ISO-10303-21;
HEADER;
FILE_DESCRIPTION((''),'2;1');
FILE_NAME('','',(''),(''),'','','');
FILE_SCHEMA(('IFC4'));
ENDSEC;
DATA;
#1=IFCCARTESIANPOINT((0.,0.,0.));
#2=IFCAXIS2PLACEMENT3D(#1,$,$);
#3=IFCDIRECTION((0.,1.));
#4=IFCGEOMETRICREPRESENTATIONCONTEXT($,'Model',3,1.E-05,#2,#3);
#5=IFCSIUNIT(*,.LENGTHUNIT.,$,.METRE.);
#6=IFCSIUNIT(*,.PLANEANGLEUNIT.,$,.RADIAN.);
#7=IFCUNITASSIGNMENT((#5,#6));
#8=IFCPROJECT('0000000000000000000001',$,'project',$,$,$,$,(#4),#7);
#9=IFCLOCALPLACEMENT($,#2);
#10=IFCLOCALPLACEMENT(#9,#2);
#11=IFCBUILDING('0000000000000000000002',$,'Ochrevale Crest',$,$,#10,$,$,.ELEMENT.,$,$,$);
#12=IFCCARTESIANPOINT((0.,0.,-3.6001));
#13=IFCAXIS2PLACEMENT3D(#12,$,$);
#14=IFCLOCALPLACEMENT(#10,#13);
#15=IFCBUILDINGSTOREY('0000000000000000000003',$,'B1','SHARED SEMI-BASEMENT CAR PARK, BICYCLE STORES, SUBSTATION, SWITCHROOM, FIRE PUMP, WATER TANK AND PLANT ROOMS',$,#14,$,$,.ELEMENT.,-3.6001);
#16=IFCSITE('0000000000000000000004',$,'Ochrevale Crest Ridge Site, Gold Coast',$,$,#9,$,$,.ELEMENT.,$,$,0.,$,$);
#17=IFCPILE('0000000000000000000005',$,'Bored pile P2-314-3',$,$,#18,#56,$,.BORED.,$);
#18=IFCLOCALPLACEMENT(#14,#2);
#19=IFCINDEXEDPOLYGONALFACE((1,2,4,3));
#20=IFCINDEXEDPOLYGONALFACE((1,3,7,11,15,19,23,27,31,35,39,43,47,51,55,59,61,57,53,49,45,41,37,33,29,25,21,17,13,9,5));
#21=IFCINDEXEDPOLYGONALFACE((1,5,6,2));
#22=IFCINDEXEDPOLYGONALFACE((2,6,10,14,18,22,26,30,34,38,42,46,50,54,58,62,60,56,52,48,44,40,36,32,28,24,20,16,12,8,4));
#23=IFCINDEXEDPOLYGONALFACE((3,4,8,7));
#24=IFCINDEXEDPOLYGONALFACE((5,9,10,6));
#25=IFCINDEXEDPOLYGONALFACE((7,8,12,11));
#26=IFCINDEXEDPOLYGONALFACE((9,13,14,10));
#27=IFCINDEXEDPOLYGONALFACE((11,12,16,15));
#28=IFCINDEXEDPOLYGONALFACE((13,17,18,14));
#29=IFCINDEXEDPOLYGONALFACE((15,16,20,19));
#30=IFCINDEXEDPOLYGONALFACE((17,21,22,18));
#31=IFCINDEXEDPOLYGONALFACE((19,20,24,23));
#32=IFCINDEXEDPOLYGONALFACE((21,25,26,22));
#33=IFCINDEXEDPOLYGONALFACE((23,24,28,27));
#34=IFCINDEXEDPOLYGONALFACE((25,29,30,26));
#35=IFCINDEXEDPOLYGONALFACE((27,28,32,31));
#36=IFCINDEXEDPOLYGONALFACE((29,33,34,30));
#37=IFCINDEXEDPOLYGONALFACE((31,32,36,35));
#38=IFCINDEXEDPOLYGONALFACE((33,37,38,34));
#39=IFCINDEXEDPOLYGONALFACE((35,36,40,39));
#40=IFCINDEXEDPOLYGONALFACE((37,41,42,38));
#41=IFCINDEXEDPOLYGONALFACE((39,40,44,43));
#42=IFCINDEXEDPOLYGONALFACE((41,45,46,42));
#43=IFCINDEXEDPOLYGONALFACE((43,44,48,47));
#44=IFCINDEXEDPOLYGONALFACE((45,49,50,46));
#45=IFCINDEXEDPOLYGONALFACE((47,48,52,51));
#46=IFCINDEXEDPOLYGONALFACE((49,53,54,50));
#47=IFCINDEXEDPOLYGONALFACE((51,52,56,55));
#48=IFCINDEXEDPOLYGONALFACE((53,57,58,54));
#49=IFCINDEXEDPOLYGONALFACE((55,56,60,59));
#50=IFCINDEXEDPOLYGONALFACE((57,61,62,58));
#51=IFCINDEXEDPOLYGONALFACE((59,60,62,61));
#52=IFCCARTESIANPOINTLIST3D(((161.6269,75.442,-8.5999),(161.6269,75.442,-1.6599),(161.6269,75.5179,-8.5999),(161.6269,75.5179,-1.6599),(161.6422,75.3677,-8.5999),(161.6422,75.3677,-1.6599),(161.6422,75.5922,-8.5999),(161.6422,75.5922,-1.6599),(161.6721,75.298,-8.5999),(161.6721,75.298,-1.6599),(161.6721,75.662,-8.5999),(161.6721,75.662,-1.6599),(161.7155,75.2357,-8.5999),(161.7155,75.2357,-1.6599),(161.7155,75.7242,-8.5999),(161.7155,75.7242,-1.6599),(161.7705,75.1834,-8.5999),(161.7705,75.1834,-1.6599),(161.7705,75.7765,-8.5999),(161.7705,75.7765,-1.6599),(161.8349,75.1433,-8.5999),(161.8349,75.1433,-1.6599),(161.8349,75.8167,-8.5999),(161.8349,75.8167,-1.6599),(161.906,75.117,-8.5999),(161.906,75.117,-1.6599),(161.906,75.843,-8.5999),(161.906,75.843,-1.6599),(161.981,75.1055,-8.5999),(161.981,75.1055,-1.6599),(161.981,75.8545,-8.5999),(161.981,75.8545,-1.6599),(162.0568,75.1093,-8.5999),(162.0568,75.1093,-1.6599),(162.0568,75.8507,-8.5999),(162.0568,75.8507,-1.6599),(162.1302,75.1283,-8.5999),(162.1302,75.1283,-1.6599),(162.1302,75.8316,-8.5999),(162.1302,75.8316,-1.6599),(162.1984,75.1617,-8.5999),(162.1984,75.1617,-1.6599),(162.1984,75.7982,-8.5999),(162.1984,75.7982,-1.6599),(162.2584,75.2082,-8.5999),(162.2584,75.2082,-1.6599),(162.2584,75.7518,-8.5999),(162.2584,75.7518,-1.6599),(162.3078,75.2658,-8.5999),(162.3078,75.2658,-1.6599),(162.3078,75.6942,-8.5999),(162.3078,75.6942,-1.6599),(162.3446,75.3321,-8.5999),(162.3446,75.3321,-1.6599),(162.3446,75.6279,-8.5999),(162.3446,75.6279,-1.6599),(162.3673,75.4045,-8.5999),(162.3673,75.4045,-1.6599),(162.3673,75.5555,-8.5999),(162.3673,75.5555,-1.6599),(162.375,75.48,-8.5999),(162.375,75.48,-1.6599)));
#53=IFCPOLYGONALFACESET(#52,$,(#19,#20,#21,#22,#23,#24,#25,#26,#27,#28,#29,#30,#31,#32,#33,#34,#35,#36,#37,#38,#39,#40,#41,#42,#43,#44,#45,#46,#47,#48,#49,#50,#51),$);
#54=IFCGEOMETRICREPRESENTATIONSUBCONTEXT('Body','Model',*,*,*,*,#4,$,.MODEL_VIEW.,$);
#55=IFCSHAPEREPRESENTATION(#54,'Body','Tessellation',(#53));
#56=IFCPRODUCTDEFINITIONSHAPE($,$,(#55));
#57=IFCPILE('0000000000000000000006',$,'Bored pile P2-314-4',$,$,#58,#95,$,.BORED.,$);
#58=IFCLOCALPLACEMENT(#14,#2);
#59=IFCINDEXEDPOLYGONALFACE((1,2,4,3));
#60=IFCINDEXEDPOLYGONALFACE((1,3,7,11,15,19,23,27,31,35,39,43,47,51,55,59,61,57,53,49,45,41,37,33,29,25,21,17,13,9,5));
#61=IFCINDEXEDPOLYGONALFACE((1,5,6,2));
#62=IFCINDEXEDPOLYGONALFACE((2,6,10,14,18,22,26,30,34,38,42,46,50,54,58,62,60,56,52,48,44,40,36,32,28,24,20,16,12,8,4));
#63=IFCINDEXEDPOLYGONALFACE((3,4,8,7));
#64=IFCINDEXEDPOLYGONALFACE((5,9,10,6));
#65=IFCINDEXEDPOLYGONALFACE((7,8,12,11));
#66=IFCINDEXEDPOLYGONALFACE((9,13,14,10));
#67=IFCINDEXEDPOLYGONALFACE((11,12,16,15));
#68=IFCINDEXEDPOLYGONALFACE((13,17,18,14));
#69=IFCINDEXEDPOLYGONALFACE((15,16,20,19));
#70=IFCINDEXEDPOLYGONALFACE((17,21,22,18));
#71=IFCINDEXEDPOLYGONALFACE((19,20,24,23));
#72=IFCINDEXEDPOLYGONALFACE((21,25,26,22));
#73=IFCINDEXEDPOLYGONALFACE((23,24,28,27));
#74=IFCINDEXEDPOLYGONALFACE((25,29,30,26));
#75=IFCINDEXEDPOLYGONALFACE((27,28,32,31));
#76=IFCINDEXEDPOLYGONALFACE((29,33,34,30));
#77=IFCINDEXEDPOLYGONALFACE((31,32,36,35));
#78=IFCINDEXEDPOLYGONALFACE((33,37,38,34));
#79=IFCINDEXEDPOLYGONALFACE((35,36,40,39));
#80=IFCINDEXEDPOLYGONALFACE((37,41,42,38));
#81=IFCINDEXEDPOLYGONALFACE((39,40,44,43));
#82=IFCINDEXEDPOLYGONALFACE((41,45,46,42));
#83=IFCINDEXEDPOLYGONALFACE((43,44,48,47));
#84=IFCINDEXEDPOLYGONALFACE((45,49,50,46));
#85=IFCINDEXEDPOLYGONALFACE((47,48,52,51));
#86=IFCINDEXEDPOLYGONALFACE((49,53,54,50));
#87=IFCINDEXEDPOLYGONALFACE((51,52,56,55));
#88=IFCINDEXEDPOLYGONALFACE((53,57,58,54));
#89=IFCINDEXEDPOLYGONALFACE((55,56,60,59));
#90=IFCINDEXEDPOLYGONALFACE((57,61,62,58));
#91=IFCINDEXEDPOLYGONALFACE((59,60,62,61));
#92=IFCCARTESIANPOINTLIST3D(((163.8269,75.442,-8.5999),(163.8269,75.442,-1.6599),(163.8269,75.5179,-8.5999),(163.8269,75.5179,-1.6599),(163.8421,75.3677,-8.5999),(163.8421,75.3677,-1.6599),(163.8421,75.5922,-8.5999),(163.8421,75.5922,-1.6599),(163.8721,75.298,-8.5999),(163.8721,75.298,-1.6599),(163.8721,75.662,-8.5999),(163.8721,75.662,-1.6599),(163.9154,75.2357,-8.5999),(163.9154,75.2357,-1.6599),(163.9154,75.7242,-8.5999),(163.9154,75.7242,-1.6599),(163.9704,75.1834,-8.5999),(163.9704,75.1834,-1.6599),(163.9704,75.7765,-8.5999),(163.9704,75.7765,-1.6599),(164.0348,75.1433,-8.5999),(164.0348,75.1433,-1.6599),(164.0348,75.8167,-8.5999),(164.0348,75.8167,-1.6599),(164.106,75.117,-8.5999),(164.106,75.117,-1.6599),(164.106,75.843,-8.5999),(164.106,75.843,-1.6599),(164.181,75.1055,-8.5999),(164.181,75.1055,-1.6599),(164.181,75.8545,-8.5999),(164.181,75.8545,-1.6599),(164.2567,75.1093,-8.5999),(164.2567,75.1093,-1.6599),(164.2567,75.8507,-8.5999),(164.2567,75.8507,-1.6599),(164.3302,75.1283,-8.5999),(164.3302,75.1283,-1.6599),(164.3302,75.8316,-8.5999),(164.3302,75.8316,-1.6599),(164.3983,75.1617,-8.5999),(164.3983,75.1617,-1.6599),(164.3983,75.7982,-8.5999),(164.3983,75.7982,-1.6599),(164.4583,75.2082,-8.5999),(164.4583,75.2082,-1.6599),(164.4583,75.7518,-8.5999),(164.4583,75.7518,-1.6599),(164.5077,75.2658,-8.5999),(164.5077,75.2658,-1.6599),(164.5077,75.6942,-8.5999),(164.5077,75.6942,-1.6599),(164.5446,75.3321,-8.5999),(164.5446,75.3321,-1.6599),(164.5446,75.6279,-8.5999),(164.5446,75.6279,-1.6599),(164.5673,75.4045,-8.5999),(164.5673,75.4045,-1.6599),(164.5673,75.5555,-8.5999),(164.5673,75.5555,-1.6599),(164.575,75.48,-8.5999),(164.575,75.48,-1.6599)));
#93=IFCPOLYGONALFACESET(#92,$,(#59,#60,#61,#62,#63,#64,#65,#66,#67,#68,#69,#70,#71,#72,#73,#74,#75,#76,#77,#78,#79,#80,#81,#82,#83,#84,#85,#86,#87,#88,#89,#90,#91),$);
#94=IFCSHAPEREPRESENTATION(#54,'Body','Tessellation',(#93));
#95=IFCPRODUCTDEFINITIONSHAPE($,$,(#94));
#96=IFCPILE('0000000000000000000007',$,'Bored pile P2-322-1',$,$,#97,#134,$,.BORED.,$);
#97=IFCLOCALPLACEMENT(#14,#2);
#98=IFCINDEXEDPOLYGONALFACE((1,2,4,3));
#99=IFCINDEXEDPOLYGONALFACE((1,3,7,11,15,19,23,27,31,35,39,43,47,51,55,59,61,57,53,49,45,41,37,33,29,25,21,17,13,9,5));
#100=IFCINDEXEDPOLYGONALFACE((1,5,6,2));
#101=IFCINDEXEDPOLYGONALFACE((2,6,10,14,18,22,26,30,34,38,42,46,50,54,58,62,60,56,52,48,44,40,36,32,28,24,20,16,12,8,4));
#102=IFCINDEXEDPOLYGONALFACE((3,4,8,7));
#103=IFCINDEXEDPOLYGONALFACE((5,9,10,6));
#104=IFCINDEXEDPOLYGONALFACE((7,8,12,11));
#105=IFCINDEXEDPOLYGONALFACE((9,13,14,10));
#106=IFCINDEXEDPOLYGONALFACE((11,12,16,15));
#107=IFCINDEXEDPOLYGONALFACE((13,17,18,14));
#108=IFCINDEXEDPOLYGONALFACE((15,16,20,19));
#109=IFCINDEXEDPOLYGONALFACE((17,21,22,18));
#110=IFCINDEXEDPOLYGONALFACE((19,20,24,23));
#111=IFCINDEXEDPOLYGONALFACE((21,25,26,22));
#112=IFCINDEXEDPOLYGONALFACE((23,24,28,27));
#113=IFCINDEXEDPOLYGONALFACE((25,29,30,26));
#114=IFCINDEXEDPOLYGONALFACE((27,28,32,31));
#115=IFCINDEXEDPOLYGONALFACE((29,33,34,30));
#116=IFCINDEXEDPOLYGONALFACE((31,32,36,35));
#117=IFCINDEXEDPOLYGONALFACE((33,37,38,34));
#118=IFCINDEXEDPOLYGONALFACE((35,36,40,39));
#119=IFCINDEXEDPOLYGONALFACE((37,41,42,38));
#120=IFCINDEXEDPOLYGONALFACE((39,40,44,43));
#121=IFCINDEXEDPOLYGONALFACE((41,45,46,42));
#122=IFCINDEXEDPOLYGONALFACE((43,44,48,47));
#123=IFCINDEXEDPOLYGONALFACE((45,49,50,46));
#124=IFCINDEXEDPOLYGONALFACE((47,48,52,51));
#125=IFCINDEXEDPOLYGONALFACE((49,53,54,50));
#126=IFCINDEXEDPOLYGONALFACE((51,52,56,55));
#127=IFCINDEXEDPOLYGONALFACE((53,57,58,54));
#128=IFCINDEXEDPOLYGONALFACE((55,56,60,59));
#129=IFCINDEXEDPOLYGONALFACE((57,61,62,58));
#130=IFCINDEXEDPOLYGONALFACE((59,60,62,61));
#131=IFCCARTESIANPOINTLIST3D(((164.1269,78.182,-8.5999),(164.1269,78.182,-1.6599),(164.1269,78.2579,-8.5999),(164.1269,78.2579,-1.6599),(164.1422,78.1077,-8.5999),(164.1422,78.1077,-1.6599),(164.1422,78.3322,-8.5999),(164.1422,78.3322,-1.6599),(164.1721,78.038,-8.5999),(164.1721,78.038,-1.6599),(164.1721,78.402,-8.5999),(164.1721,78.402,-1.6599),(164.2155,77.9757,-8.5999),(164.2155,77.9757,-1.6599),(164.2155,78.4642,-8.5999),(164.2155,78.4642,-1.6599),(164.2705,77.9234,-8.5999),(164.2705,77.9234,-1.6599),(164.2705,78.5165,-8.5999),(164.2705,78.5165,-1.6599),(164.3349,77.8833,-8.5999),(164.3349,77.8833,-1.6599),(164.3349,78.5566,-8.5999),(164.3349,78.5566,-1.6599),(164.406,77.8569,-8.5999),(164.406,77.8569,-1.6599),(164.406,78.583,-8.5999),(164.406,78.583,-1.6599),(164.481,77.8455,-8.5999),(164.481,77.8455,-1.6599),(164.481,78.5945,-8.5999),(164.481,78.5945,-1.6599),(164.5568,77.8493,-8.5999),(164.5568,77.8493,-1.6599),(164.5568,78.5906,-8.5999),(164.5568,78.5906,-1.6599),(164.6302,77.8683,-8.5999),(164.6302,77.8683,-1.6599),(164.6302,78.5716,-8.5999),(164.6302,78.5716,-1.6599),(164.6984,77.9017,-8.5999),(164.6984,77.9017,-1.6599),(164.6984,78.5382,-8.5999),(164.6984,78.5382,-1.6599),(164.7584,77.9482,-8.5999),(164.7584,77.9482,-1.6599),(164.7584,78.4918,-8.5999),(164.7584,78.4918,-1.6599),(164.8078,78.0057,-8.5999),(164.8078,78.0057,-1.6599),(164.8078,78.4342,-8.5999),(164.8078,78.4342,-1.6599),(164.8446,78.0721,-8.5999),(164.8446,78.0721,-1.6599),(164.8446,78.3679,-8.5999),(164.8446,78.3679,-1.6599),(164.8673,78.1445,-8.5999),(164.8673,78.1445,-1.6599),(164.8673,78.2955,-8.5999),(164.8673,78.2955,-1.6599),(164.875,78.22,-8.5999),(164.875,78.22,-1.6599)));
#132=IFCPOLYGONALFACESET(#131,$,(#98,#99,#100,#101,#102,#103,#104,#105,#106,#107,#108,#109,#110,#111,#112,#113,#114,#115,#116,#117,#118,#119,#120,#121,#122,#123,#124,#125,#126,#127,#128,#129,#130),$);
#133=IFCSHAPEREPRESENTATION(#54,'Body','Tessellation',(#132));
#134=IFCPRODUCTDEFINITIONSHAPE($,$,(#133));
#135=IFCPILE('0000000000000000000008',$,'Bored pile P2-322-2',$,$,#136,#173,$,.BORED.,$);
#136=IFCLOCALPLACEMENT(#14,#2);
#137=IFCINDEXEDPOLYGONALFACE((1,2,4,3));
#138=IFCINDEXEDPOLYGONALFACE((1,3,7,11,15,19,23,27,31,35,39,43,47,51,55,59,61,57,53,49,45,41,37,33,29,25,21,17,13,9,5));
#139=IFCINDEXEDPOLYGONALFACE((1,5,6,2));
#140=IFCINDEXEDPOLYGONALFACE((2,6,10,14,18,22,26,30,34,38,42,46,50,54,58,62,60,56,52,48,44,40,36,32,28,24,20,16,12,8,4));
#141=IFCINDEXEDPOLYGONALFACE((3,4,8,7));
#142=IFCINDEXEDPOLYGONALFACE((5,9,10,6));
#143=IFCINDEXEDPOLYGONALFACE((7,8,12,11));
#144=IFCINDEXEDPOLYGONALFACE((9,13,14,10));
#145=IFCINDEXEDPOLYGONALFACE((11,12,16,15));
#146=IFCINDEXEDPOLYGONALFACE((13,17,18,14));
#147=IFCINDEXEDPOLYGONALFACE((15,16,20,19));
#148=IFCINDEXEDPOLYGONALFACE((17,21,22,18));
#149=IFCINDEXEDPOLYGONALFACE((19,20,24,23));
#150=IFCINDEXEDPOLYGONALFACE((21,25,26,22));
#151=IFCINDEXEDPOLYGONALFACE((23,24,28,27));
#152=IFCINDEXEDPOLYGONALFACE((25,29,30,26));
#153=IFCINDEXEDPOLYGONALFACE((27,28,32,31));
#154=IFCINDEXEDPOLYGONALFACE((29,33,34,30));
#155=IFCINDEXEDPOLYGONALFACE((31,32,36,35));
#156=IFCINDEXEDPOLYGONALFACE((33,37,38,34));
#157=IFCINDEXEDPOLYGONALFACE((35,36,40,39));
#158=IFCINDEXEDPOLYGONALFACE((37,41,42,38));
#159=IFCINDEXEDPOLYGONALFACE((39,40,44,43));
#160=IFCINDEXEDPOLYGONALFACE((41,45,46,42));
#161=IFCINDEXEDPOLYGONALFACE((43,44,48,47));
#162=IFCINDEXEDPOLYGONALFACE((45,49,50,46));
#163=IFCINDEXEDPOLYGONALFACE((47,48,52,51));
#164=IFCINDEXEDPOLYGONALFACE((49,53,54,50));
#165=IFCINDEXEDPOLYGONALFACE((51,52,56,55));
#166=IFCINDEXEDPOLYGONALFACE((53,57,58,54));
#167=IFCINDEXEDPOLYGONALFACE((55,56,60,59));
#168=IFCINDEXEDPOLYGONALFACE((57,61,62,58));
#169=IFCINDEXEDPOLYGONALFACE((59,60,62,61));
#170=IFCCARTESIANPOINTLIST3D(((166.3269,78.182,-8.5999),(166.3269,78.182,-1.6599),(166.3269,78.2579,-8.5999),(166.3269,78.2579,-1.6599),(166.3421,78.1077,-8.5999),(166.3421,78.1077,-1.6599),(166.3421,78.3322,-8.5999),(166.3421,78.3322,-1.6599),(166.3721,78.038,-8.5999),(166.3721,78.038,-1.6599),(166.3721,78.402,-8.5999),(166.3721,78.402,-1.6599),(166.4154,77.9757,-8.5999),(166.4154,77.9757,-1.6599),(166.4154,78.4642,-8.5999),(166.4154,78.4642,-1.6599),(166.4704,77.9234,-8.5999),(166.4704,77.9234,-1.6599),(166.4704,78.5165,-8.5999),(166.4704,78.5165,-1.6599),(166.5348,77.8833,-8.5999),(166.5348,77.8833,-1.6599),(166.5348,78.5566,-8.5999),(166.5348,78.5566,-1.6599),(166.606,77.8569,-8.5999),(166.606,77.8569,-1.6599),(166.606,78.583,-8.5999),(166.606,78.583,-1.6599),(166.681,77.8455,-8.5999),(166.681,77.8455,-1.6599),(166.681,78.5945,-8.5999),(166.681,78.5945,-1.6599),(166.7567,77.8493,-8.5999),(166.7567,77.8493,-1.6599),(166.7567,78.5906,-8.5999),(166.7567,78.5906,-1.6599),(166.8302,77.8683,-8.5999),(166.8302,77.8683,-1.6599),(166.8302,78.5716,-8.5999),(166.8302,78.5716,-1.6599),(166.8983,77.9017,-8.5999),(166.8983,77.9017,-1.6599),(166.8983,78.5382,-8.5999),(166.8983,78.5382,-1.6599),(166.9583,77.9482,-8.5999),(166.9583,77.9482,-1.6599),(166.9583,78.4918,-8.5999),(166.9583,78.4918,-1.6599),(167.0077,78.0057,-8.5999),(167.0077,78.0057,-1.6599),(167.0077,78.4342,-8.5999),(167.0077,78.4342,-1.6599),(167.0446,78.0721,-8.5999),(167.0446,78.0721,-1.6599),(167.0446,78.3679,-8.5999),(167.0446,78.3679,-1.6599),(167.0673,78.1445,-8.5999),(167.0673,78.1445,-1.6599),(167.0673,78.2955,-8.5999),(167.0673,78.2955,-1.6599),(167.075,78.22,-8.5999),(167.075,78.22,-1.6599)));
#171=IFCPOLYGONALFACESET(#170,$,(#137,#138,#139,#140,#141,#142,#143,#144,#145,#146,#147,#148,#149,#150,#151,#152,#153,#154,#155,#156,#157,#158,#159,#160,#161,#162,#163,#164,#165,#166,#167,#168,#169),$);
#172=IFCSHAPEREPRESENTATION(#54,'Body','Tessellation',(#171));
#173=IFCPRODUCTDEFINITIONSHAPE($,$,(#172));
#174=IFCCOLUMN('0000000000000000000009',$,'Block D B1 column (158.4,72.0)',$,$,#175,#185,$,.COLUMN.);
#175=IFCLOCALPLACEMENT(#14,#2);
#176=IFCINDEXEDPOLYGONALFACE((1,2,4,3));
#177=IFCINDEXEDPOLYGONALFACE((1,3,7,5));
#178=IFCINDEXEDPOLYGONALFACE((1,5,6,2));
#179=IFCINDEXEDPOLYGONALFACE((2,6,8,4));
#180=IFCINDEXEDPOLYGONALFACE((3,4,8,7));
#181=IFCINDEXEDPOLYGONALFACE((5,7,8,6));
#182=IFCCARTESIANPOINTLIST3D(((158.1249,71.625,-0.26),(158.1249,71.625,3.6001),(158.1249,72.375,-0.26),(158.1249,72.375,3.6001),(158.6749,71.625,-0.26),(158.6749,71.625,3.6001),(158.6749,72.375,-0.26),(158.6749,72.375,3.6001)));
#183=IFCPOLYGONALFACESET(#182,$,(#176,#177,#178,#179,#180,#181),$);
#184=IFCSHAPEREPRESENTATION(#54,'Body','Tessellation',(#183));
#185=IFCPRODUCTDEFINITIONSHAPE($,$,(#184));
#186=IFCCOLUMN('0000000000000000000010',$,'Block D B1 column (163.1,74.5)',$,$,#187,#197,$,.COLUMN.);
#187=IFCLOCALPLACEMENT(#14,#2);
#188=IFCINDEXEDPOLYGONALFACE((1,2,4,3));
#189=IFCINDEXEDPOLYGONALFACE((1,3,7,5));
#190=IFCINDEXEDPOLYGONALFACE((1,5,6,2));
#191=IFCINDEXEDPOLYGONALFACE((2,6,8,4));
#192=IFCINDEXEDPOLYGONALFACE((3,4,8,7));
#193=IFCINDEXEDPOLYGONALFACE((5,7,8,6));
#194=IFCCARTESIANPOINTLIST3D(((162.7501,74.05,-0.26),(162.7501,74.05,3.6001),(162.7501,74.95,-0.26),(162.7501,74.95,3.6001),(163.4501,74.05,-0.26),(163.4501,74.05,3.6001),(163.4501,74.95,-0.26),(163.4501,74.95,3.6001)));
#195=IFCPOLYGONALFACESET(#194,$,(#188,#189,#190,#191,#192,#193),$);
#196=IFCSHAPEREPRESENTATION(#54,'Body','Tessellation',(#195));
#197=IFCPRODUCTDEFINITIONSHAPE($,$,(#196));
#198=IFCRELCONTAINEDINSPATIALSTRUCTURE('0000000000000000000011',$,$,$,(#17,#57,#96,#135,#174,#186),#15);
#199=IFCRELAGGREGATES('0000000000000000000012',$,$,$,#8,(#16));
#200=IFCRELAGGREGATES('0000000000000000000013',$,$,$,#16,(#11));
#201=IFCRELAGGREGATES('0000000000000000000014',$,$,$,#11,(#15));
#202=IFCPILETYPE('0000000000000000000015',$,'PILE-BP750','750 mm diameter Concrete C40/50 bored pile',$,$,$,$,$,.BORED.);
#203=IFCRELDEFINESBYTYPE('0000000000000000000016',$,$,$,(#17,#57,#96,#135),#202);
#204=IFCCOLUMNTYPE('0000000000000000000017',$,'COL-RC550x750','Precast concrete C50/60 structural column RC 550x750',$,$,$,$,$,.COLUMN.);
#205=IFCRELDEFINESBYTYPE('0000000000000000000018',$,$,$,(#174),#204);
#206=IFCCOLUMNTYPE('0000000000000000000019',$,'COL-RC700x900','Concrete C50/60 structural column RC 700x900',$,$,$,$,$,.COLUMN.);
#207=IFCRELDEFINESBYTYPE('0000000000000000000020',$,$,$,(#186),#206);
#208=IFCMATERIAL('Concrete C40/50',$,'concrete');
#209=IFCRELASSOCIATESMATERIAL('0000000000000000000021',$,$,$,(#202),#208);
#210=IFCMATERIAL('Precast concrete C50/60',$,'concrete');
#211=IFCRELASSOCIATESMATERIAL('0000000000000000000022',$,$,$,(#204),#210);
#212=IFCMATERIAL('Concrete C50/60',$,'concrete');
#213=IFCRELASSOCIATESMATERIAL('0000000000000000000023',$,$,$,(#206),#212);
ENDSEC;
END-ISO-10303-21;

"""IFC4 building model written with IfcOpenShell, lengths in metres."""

from ifc_helpers import new_model, si_unit, direction, frame, origin, origin_2d, place, context, subcontext, project, spatial, rectangle, circle, extrude, material, material_profile, profile_set, type_object, element, save


model = new_model("IFC4")

# Units and contexts
model_context = context("Model", 3, precision=1e-05, world=origin(), true_north=direction((0.0, 1.0)))
body_context = subcontext(model_context, "Body", "Model", "MODEL_VIEW")
ifc_project = project(units=[si_unit("LENGTHUNIT", "METRE"), si_unit("PLANEANGLEUNIT", "RADIAN")], contexts=[model_context])

# Site, building, storey
site_placement = place(None, origin())
site = spatial("IfcSite", under=ifc_project, at=site_placement, Name="Ochrevale Crest Ridge Site, Gold Coast", CompositionType="ELEMENT", RefElevation=0.0)
building_placement = place(site_placement, origin())
building = spatial("IfcBuilding", under=site, at=building_placement, Name="Ochrevale Crest", CompositionType="ELEMENT")
storey_placement = place(building_placement, frame((0.0, 0.0, -3.6001)))
storey = spatial("IfcBuildingStorey", under=building, at=storey_placement, Name="B1", Description="SHARED SEMI-BASEMENT CAR PARK, BICYCLE STORES, SUBSTATION, SWITCHROOM, FIRE PUMP, WATER TANK AND PLANT ROOMS", CompositionType="ELEMENT", Elevation=-3.6001)

# Shared definitions
ifc_material_1 = material(Name="Concrete C40/50", Category="concrete")

# Piles
ifc_material_profile_1 = material_profile(ifc_material_1, circle(Radius=0.375, at=origin_2d()), Name="BORED PILE 750")
ifc_profile_set_1 = profile_set([ifc_material_profile_1], Name="Concrete C40/50")
pile_type_1 = type_object("IfcPileType", Name="PILE-BP750", Description="750 mm diameter Concrete C40/50 bored pile", PredefinedType="BORED", material=ifc_profile_set_1)
for number, where, z_axis, x_axis, name in (
    (1, (162.0, 75.48, -1.6599), (0.0, 0.0, -1.0), (1.0, 0.0, 0.0), "Bored pile P2-314-3"),
    (2, (164.2, 75.48, -1.6599), (0.0, 0.0, -1.0), (1.0, 0.0, 0.0), "Bored pile P2-314-4"),
    (3, (164.5, 78.22, -1.6599), (0.0, 0.0, -1.0), (1.0, 0.0, 0.0), "Bored pile P2-322-1"),
    (4, (166.7, 78.22, -1.6599), (0.0, 0.0, -1.0), (1.0, 0.0, 0.0), "Bored pile P2-322-2"),
):
    element("IfcPile", number, at=place(storey_placement, frame(where, z_axis=z_axis, x_axis=x_axis)), inside=storey, type_object=pile_type_1, Name=name, PredefinedType="BORED", context=body_context, shape_type="SweptSolid", body=[
        extrude(circle(Radius=0.375, at=origin_2d()), origin(), (0.0, 0.0, 1.0), 6.9399),
    ])

# Columns
ifc_material_2 = material(Name="Precast concrete C50/60", Category="concrete")
ifc_material_profile_2 = material_profile(ifc_material_2, rectangle(XDim=0.55, YDim=0.75, at=origin_2d()), Name="RC 550x750")
ifc_profile_set_2 = profile_set([ifc_material_profile_2], Name="Precast concrete C50/60")
column_type_1 = type_object("IfcColumnType", Name="COL-RC550x750", Description="Precast concrete C50/60 structural column RC 550x750", PredefinedType="COLUMN", material=ifc_profile_set_2)
column_1_placement = place(storey_placement, frame((158.3999, 72.0, -0.26), z_axis=(0.0, 0.0, 1.0), x_axis=(1.0, 0.0, 0.0)))
element("IfcColumn", 5, at=column_1_placement, inside=storey, type_object=column_type_1, Name="Block D B1 column (158.4,72.0)", PredefinedType="COLUMN", context=body_context, shape_type="SweptSolid", body=[
    extrude(rectangle(XDim=0.55, YDim=0.75, at=origin_2d()), origin(), (0.0, 0.0, 1.0), 3.8601),
])
ifc_material_3 = material(Name="Concrete C50/60", Category="concrete")
ifc_material_profile_3 = material_profile(ifc_material_3, rectangle(XDim=0.7, YDim=0.8999, at=origin_2d()), Name="RC 700x900")
ifc_profile_set_3 = profile_set([ifc_material_profile_3], Name="Concrete C50/60")
column_type_2 = type_object("IfcColumnType", Name="COL-RC700x900", Description="Concrete C50/60 structural column RC 700x900", PredefinedType="COLUMN", material=ifc_profile_set_3)
column_2_placement = place(storey_placement, frame((163.1001, 74.5, -0.26), z_axis=(0.0, 0.0, 1.0), x_axis=(1.0, 0.0, 0.0)))
element("IfcColumn", 6, at=column_2_placement, inside=storey, type_object=column_type_2, Name="Block D B1 column (163.1,74.5)", PredefinedType="COLUMN", context=body_context, shape_type="SweptSolid", body=[
    extrude(rectangle(XDim=0.7, YDim=0.8999, at=origin_2d()), origin(), (0.0, 0.0, 1.0), 3.8601),
])

save(model, "model.ifc")
